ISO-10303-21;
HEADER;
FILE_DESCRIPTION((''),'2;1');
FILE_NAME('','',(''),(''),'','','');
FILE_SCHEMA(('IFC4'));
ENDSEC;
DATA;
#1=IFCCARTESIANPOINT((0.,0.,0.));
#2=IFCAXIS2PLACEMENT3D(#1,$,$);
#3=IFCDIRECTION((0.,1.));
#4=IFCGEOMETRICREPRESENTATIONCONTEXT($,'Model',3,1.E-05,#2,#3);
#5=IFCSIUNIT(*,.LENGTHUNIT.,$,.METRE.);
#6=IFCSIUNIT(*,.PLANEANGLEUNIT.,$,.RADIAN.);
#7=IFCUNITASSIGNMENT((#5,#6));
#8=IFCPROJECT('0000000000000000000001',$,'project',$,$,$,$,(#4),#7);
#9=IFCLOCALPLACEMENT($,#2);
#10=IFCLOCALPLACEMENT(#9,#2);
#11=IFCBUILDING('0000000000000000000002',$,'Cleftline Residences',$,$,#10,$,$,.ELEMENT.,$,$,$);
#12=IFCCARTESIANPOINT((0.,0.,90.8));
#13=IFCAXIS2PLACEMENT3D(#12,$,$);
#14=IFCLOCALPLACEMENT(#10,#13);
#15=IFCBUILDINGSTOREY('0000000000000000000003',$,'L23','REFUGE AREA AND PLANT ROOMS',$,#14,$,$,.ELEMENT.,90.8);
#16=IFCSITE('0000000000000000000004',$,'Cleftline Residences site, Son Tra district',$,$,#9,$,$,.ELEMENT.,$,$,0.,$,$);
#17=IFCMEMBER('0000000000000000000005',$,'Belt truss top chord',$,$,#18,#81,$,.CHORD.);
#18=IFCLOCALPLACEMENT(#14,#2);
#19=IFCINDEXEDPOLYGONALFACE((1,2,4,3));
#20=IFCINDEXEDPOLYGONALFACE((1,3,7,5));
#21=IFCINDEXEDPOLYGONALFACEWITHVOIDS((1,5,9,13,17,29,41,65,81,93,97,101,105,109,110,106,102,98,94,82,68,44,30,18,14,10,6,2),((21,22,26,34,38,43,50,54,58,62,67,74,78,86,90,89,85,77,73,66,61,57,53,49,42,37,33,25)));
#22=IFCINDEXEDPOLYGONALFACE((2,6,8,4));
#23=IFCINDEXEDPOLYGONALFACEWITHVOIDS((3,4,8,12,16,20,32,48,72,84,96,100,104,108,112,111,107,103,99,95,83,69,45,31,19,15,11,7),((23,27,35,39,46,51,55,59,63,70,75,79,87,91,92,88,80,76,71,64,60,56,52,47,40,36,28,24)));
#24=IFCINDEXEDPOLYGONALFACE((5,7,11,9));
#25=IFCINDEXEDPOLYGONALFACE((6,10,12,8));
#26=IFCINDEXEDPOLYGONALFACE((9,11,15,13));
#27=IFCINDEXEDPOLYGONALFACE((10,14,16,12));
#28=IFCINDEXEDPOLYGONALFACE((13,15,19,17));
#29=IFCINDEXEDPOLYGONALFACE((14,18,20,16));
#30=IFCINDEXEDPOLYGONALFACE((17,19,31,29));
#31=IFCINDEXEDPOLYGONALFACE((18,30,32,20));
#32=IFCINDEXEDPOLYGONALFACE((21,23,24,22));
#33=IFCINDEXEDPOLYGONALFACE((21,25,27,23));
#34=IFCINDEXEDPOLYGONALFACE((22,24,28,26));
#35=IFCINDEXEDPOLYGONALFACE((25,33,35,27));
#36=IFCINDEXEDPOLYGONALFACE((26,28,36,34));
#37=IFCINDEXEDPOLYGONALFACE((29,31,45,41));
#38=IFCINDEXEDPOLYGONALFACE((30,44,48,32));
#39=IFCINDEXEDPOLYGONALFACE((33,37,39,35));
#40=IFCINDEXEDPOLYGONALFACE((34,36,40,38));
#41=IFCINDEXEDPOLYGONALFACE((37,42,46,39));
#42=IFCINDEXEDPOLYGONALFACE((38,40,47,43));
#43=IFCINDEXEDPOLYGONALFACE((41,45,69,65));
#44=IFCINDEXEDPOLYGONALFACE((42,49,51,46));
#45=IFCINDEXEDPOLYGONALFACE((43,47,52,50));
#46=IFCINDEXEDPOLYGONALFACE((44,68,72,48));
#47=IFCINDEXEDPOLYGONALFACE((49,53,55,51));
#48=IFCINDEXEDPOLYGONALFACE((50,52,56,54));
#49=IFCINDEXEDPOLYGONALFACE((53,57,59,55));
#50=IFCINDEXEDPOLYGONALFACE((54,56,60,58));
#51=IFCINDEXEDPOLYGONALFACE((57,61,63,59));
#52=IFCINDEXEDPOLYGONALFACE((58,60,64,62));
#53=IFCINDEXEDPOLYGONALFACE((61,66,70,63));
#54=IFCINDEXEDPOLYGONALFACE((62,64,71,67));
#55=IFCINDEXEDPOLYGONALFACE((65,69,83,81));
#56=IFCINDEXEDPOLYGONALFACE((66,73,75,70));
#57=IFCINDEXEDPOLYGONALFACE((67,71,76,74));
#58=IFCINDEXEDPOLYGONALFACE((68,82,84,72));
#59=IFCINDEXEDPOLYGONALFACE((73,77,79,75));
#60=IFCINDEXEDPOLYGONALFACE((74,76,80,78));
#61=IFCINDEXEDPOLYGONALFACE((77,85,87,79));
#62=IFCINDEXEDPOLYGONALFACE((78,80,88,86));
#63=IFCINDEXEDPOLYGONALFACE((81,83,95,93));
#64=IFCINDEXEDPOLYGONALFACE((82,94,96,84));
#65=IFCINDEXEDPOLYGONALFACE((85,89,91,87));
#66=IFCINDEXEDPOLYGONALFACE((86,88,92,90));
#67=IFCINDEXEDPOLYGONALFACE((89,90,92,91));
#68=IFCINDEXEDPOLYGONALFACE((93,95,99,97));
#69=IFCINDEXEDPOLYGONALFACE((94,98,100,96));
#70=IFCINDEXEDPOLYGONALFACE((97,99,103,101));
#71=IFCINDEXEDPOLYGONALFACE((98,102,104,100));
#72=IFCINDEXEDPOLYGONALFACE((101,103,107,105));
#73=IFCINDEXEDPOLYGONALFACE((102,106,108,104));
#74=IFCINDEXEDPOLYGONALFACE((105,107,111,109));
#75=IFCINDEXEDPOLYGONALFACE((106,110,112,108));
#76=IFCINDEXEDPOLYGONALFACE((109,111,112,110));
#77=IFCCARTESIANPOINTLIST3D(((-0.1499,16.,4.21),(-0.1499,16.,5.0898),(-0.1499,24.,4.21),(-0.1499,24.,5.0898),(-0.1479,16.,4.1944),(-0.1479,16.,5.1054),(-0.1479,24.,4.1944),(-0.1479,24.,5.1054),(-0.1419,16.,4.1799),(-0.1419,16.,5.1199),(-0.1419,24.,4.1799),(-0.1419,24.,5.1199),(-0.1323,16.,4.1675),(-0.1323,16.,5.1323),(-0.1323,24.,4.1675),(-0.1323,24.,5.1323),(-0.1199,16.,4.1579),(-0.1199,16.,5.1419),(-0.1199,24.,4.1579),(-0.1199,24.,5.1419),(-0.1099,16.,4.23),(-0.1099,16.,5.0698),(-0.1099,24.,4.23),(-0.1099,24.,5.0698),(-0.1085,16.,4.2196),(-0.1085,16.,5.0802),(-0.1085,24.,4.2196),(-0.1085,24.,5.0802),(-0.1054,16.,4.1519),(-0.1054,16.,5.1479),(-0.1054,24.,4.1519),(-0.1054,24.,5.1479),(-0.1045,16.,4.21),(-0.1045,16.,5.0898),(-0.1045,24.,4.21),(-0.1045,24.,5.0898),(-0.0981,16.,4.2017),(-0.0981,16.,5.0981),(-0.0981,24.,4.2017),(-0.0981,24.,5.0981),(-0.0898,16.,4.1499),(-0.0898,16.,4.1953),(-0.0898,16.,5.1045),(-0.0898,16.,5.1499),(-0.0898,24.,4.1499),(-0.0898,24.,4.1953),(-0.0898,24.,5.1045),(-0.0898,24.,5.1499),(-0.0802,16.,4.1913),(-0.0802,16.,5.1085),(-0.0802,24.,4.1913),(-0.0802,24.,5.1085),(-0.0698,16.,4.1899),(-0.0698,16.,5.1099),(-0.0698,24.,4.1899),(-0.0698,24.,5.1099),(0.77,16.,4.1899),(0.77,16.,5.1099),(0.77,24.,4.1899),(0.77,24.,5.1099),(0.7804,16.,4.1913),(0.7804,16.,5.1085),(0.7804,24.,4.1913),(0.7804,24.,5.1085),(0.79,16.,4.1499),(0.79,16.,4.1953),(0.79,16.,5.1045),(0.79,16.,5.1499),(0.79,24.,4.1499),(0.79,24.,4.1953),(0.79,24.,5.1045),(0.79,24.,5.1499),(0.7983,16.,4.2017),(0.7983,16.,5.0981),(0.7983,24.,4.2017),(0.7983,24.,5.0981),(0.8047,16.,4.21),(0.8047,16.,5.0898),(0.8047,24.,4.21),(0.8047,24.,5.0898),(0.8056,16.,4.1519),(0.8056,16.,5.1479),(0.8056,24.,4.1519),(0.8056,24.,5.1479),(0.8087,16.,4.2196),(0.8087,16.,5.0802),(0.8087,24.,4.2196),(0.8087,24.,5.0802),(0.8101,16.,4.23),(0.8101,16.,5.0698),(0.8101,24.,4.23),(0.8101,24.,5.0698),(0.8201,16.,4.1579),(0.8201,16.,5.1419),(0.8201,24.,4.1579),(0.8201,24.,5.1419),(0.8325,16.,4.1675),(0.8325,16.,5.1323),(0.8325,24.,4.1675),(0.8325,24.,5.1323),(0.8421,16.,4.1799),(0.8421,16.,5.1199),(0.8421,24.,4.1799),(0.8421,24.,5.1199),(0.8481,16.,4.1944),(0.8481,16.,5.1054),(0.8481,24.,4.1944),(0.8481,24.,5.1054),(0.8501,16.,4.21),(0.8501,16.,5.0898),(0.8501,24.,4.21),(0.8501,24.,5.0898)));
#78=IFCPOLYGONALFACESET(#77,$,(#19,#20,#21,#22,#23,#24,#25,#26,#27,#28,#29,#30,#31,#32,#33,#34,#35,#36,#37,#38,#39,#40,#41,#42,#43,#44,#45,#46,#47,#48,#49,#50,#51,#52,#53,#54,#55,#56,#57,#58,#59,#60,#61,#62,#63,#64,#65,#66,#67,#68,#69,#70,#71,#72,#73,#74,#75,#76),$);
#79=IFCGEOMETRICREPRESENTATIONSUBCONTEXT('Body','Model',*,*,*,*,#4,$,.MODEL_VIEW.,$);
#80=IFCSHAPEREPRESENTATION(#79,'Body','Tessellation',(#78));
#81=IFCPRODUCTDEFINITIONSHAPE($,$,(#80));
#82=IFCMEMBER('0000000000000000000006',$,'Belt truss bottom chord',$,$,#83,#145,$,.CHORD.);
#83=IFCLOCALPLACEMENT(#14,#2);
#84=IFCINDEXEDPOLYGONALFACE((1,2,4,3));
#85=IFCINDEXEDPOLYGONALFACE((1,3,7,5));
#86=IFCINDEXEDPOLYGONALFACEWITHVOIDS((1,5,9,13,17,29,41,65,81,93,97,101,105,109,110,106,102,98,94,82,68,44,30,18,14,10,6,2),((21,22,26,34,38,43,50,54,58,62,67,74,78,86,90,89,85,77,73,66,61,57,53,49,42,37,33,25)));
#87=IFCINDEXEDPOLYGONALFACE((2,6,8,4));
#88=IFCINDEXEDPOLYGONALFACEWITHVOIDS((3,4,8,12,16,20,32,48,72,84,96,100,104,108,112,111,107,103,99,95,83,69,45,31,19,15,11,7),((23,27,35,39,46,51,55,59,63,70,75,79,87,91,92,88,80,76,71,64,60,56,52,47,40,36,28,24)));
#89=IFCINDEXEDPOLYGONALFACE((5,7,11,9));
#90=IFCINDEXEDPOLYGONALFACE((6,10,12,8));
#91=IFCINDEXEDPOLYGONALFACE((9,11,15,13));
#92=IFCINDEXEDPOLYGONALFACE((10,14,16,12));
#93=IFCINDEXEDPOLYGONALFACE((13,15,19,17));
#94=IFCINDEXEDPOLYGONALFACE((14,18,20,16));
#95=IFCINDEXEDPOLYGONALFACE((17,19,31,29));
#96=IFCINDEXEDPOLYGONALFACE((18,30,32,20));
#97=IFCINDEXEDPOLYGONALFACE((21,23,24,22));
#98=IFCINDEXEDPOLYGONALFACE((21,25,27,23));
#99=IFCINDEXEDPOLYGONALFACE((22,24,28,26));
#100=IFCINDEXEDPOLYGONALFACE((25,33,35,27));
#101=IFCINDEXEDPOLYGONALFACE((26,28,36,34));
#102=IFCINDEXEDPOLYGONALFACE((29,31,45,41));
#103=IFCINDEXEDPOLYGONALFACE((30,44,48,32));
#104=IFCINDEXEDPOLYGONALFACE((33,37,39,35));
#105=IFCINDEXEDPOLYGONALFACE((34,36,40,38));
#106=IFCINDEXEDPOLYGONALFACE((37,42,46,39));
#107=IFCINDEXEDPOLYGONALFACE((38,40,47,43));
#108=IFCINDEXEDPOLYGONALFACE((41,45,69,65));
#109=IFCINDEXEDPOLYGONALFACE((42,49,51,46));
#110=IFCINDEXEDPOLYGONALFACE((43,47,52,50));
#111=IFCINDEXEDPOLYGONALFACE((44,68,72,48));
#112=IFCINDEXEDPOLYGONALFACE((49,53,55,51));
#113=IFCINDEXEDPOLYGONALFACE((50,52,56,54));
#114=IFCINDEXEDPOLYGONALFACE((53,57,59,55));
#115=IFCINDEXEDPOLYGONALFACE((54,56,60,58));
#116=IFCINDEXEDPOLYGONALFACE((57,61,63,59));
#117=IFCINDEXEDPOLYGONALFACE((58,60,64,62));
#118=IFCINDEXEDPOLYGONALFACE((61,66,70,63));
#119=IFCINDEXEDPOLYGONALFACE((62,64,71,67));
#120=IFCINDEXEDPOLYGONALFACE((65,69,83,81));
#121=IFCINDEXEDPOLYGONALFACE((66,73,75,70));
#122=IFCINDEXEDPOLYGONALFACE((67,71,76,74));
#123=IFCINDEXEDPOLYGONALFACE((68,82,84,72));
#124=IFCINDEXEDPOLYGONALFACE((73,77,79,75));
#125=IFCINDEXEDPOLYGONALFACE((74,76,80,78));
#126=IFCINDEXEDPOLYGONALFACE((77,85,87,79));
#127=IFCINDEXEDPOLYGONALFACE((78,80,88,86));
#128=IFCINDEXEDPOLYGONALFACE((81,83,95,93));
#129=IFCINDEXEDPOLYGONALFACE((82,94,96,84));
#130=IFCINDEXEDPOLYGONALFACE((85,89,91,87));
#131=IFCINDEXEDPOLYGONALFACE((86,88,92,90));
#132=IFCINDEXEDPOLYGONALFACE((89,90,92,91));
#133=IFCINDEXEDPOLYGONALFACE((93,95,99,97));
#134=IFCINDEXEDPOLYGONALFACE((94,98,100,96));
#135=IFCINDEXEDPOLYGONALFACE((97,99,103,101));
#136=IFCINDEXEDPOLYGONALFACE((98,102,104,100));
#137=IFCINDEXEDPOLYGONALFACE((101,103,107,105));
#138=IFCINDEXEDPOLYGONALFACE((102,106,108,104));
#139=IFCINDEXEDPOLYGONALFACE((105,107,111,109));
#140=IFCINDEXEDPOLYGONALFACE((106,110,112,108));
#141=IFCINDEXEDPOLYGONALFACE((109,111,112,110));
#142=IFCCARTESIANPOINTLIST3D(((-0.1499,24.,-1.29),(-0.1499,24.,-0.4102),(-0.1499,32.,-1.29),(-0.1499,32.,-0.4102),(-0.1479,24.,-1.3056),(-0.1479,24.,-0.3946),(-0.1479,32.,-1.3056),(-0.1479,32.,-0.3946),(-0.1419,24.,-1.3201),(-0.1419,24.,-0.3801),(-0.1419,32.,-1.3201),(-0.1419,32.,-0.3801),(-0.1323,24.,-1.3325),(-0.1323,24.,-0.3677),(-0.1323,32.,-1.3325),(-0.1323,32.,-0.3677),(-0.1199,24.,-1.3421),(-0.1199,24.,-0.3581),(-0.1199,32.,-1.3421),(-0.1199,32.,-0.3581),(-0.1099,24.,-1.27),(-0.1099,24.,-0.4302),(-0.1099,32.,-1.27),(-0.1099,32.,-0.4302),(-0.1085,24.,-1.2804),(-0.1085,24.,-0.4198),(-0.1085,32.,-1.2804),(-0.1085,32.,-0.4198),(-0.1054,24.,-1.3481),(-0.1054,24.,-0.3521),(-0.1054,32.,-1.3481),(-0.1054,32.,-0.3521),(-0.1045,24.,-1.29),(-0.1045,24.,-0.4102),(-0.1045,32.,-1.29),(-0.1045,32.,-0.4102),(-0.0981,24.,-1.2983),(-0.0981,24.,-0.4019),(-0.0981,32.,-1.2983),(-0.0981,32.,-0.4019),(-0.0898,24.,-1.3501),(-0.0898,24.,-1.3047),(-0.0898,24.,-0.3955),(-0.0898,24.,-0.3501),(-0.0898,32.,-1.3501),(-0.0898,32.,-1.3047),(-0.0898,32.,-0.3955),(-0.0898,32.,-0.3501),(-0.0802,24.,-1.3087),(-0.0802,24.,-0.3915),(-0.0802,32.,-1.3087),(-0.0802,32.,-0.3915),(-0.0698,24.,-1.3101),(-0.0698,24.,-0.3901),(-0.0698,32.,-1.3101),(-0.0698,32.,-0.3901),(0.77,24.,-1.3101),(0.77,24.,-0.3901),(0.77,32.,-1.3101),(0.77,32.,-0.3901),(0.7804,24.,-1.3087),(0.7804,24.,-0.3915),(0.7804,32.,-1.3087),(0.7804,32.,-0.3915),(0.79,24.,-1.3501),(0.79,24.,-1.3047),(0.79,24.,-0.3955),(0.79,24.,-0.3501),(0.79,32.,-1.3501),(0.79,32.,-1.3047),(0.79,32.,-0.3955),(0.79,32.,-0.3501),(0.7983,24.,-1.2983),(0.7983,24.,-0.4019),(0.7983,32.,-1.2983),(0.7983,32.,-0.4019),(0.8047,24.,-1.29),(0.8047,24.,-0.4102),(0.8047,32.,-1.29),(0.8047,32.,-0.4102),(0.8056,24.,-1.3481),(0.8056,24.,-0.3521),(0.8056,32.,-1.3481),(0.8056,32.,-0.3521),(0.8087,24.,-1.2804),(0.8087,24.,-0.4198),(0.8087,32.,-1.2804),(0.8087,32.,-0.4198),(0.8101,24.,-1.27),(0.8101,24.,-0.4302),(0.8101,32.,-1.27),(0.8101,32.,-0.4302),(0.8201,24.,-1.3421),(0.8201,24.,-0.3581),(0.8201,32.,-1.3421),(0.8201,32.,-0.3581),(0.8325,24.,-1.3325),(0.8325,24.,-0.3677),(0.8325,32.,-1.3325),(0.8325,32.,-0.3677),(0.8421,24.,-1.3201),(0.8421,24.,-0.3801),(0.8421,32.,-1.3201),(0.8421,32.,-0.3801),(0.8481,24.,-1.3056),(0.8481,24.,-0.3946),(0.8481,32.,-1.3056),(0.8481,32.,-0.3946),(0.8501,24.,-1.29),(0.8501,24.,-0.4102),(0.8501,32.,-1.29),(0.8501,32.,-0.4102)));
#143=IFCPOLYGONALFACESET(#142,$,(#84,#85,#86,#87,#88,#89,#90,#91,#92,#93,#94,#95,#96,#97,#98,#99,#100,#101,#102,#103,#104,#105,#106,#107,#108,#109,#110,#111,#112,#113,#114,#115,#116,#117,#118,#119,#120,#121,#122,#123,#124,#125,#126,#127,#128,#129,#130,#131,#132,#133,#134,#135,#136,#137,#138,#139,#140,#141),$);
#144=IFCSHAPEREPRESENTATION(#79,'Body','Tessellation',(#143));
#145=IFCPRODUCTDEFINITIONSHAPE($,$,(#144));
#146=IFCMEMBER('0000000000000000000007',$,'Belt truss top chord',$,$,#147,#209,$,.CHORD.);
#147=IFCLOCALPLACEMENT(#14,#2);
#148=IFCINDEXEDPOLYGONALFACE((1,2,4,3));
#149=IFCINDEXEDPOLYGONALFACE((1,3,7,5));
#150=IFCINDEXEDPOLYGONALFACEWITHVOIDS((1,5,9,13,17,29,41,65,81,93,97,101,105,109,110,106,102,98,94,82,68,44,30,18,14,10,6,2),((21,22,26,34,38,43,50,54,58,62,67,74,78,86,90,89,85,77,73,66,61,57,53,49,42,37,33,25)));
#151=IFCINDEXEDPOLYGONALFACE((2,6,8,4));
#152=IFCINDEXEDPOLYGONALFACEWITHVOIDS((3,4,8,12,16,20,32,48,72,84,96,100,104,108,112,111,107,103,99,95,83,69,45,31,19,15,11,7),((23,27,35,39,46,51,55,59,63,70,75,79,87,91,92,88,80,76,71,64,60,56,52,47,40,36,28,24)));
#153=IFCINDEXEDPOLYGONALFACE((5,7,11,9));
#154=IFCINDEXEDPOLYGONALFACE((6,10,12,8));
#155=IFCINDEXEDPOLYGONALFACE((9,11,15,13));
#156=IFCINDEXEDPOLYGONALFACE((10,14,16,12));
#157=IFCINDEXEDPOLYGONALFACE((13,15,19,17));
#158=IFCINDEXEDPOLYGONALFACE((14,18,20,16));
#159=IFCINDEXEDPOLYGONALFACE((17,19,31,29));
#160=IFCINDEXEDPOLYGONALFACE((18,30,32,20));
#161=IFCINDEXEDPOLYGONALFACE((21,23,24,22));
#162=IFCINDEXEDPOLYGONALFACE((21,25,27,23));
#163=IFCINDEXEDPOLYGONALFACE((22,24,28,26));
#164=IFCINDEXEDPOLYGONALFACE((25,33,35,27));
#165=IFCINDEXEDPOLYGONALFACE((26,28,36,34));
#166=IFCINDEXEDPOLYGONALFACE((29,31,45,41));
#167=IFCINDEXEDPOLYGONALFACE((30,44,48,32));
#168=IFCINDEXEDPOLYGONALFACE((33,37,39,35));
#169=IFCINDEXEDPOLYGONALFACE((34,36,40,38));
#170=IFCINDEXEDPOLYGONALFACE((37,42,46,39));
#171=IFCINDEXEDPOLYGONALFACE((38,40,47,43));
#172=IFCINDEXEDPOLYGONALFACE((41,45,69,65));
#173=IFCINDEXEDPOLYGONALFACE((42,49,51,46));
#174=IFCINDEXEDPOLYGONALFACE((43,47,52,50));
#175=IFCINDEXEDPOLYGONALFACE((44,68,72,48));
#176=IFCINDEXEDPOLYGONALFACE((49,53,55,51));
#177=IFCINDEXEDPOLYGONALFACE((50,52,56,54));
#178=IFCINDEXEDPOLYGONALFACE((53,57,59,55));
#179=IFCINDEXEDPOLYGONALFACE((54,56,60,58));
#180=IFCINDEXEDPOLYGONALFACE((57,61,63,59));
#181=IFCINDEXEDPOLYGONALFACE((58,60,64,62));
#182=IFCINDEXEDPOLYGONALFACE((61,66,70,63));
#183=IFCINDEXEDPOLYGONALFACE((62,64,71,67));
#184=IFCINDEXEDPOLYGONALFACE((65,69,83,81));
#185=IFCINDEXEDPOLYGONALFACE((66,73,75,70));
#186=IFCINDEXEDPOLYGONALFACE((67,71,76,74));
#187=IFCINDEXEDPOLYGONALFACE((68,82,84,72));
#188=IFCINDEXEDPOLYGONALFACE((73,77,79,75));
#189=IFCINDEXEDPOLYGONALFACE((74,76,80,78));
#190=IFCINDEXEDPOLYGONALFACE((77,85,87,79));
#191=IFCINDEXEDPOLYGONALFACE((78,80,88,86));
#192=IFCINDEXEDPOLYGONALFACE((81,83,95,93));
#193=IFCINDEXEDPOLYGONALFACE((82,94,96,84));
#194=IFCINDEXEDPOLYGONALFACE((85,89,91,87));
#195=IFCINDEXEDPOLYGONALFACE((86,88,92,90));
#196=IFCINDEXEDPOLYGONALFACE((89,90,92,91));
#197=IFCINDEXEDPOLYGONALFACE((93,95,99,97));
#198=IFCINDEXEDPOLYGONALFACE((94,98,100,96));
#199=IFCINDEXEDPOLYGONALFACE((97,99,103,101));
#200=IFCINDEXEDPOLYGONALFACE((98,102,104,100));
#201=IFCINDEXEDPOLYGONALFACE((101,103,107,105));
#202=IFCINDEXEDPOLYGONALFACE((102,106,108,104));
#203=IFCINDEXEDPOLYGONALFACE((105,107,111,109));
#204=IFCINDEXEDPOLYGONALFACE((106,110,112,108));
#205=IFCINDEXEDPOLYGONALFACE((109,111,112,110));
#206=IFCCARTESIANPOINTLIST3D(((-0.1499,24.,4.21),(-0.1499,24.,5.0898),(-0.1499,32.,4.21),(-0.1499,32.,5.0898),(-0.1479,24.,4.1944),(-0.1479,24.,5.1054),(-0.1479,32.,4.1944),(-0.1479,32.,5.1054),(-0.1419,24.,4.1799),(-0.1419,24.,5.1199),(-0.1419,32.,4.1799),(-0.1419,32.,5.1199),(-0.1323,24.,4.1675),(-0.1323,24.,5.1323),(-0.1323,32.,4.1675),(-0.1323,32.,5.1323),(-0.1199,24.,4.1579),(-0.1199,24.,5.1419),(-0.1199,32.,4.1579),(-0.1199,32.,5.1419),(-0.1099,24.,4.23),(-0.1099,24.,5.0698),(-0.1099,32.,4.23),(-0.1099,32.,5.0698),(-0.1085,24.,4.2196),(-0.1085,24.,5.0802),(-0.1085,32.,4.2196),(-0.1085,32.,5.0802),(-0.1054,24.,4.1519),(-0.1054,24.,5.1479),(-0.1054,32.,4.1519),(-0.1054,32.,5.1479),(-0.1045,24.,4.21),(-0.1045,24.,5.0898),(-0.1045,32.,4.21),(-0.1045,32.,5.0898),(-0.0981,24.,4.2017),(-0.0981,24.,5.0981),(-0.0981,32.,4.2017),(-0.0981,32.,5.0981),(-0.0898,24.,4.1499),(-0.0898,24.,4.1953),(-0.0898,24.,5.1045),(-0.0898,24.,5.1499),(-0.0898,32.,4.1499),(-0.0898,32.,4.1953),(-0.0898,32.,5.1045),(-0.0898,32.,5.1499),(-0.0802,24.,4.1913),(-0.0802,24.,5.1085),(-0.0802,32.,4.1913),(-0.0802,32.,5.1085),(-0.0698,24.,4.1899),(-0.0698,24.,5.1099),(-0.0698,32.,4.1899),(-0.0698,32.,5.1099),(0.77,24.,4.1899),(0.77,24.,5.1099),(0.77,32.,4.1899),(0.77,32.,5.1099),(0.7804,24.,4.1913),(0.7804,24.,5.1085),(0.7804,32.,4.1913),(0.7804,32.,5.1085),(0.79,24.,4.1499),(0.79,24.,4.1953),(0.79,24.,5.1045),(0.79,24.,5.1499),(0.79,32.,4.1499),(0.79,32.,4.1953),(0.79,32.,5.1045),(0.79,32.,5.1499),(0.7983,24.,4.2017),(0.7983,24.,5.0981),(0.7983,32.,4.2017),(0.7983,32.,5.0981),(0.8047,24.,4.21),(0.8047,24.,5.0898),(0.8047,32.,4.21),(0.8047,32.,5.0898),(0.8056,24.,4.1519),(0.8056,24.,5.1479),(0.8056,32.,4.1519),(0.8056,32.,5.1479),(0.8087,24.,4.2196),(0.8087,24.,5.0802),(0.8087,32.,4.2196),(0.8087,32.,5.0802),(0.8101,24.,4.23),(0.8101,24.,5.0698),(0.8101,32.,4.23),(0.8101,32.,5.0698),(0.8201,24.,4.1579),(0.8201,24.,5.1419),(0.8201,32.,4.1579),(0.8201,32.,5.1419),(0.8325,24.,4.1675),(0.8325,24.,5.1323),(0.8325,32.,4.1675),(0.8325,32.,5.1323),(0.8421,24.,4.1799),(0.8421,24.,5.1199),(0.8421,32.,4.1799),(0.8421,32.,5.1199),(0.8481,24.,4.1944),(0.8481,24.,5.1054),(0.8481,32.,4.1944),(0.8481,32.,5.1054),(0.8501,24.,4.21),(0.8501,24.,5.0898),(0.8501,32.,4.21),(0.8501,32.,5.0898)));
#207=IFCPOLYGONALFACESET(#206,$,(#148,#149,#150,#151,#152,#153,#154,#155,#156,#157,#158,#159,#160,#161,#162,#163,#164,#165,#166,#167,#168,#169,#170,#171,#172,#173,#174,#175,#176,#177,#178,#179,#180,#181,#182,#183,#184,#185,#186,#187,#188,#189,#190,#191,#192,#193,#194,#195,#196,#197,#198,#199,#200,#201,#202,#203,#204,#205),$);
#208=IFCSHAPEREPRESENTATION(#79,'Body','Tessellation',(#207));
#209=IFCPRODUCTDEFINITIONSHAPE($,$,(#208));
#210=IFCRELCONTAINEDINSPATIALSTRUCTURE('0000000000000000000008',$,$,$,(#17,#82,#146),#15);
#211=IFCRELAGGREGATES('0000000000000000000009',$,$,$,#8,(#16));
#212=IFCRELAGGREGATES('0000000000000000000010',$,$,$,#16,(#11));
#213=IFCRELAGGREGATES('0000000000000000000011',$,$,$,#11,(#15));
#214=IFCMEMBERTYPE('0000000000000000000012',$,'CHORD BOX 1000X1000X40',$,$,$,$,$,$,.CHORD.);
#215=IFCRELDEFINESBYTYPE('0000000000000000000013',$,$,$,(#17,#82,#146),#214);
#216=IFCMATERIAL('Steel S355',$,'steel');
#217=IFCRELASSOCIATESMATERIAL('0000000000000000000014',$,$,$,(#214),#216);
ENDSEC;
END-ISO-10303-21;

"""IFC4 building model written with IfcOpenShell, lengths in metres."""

from ifc_helpers import new_model, si_unit, direction, frame, origin, origin_2d, place, context, subcontext, project, spatial, hollow_rectangle, extrude, material, material_profile, profile_set, type_object, element, save


model = new_model("IFC4")

# Units and contexts
model_context = context("Model", 3, precision=1e-05, world=origin(), true_north=direction((0.0, 1.0)))
body_context = subcontext(model_context, "Body", "Model", "MODEL_VIEW")
ifc_project = project(units=[si_unit("LENGTHUNIT", "METRE"), si_unit("PLANEANGLEUNIT", "RADIAN")], contexts=[model_context])

# Site, building, storey
site_placement = place(None, origin())
site = spatial("IfcSite", under=ifc_project, at=site_placement, Name="Cleftline Residences site, Son Tra district", CompositionType="ELEMENT", RefElevation=0.0)
building_placement = place(site_placement, origin())
building = spatial("IfcBuilding", under=site, at=building_placement, Name="Cleftline Residences", CompositionType="ELEMENT")
storey_placement = place(building_placement, frame((0.0, 0.0, 90.8)))
storey = spatial("IfcBuildingStorey", under=building, at=storey_placement, Name="L23", Description="REFUGE AREA AND PLANT ROOMS", CompositionType="ELEMENT", Elevation=90.8)

# Members
ifc_material_1 = material(Name="Steel S355", Category="steel")
ifc_material_profile_1 = material_profile(ifc_material_1, hollow_rectangle(XDim=1.0, YDim=1.0, WallThickness=0.04, InnerFilletRadius=0.04, OuterFilletRadius=0.0601, at=origin_2d()))
ifc_profile_set_1 = profile_set([ifc_material_profile_1], Name="Steel S355")
member_type_1 = type_object("IfcMemberType", Name="CHORD BOX 1000X1000X40", PredefinedType="CHORD", material=ifc_profile_set_1)
for number, where, z_axis, x_axis, name in (
    (1, (0.3501, 16.0, 4.6499), (0.0, 1.0, 0.0), (-1.0, 0.0, 0.0), "Belt truss top chord"),
    (2, (0.3501, 24.0, -0.8501), (0.0, 1.0, 0.0), (-1.0, 0.0, 0.0), "Belt truss bottom chord"),
    (3, (0.3501, 24.0, 4.6499), (0.0, 1.0, 0.0), (-1.0, 0.0, 0.0), "Belt truss top chord"),
):
    element("IfcMember", number, at=place(storey_placement, frame(where, z_axis=z_axis, x_axis=x_axis)), inside=storey, type_object=member_type_1, Name=name, PredefinedType="CHORD", context=body_context, shape_type="SweptSolid", body=[
        extrude(hollow_rectangle(XDim=1.0, YDim=1.0, WallThickness=0.04, InnerFilletRadius=0.04, OuterFilletRadius=0.0601, at=origin_2d()), origin(), (0.0, 0.0, 1.0), 8.0),
    ])

save(model, "model.ifc")
